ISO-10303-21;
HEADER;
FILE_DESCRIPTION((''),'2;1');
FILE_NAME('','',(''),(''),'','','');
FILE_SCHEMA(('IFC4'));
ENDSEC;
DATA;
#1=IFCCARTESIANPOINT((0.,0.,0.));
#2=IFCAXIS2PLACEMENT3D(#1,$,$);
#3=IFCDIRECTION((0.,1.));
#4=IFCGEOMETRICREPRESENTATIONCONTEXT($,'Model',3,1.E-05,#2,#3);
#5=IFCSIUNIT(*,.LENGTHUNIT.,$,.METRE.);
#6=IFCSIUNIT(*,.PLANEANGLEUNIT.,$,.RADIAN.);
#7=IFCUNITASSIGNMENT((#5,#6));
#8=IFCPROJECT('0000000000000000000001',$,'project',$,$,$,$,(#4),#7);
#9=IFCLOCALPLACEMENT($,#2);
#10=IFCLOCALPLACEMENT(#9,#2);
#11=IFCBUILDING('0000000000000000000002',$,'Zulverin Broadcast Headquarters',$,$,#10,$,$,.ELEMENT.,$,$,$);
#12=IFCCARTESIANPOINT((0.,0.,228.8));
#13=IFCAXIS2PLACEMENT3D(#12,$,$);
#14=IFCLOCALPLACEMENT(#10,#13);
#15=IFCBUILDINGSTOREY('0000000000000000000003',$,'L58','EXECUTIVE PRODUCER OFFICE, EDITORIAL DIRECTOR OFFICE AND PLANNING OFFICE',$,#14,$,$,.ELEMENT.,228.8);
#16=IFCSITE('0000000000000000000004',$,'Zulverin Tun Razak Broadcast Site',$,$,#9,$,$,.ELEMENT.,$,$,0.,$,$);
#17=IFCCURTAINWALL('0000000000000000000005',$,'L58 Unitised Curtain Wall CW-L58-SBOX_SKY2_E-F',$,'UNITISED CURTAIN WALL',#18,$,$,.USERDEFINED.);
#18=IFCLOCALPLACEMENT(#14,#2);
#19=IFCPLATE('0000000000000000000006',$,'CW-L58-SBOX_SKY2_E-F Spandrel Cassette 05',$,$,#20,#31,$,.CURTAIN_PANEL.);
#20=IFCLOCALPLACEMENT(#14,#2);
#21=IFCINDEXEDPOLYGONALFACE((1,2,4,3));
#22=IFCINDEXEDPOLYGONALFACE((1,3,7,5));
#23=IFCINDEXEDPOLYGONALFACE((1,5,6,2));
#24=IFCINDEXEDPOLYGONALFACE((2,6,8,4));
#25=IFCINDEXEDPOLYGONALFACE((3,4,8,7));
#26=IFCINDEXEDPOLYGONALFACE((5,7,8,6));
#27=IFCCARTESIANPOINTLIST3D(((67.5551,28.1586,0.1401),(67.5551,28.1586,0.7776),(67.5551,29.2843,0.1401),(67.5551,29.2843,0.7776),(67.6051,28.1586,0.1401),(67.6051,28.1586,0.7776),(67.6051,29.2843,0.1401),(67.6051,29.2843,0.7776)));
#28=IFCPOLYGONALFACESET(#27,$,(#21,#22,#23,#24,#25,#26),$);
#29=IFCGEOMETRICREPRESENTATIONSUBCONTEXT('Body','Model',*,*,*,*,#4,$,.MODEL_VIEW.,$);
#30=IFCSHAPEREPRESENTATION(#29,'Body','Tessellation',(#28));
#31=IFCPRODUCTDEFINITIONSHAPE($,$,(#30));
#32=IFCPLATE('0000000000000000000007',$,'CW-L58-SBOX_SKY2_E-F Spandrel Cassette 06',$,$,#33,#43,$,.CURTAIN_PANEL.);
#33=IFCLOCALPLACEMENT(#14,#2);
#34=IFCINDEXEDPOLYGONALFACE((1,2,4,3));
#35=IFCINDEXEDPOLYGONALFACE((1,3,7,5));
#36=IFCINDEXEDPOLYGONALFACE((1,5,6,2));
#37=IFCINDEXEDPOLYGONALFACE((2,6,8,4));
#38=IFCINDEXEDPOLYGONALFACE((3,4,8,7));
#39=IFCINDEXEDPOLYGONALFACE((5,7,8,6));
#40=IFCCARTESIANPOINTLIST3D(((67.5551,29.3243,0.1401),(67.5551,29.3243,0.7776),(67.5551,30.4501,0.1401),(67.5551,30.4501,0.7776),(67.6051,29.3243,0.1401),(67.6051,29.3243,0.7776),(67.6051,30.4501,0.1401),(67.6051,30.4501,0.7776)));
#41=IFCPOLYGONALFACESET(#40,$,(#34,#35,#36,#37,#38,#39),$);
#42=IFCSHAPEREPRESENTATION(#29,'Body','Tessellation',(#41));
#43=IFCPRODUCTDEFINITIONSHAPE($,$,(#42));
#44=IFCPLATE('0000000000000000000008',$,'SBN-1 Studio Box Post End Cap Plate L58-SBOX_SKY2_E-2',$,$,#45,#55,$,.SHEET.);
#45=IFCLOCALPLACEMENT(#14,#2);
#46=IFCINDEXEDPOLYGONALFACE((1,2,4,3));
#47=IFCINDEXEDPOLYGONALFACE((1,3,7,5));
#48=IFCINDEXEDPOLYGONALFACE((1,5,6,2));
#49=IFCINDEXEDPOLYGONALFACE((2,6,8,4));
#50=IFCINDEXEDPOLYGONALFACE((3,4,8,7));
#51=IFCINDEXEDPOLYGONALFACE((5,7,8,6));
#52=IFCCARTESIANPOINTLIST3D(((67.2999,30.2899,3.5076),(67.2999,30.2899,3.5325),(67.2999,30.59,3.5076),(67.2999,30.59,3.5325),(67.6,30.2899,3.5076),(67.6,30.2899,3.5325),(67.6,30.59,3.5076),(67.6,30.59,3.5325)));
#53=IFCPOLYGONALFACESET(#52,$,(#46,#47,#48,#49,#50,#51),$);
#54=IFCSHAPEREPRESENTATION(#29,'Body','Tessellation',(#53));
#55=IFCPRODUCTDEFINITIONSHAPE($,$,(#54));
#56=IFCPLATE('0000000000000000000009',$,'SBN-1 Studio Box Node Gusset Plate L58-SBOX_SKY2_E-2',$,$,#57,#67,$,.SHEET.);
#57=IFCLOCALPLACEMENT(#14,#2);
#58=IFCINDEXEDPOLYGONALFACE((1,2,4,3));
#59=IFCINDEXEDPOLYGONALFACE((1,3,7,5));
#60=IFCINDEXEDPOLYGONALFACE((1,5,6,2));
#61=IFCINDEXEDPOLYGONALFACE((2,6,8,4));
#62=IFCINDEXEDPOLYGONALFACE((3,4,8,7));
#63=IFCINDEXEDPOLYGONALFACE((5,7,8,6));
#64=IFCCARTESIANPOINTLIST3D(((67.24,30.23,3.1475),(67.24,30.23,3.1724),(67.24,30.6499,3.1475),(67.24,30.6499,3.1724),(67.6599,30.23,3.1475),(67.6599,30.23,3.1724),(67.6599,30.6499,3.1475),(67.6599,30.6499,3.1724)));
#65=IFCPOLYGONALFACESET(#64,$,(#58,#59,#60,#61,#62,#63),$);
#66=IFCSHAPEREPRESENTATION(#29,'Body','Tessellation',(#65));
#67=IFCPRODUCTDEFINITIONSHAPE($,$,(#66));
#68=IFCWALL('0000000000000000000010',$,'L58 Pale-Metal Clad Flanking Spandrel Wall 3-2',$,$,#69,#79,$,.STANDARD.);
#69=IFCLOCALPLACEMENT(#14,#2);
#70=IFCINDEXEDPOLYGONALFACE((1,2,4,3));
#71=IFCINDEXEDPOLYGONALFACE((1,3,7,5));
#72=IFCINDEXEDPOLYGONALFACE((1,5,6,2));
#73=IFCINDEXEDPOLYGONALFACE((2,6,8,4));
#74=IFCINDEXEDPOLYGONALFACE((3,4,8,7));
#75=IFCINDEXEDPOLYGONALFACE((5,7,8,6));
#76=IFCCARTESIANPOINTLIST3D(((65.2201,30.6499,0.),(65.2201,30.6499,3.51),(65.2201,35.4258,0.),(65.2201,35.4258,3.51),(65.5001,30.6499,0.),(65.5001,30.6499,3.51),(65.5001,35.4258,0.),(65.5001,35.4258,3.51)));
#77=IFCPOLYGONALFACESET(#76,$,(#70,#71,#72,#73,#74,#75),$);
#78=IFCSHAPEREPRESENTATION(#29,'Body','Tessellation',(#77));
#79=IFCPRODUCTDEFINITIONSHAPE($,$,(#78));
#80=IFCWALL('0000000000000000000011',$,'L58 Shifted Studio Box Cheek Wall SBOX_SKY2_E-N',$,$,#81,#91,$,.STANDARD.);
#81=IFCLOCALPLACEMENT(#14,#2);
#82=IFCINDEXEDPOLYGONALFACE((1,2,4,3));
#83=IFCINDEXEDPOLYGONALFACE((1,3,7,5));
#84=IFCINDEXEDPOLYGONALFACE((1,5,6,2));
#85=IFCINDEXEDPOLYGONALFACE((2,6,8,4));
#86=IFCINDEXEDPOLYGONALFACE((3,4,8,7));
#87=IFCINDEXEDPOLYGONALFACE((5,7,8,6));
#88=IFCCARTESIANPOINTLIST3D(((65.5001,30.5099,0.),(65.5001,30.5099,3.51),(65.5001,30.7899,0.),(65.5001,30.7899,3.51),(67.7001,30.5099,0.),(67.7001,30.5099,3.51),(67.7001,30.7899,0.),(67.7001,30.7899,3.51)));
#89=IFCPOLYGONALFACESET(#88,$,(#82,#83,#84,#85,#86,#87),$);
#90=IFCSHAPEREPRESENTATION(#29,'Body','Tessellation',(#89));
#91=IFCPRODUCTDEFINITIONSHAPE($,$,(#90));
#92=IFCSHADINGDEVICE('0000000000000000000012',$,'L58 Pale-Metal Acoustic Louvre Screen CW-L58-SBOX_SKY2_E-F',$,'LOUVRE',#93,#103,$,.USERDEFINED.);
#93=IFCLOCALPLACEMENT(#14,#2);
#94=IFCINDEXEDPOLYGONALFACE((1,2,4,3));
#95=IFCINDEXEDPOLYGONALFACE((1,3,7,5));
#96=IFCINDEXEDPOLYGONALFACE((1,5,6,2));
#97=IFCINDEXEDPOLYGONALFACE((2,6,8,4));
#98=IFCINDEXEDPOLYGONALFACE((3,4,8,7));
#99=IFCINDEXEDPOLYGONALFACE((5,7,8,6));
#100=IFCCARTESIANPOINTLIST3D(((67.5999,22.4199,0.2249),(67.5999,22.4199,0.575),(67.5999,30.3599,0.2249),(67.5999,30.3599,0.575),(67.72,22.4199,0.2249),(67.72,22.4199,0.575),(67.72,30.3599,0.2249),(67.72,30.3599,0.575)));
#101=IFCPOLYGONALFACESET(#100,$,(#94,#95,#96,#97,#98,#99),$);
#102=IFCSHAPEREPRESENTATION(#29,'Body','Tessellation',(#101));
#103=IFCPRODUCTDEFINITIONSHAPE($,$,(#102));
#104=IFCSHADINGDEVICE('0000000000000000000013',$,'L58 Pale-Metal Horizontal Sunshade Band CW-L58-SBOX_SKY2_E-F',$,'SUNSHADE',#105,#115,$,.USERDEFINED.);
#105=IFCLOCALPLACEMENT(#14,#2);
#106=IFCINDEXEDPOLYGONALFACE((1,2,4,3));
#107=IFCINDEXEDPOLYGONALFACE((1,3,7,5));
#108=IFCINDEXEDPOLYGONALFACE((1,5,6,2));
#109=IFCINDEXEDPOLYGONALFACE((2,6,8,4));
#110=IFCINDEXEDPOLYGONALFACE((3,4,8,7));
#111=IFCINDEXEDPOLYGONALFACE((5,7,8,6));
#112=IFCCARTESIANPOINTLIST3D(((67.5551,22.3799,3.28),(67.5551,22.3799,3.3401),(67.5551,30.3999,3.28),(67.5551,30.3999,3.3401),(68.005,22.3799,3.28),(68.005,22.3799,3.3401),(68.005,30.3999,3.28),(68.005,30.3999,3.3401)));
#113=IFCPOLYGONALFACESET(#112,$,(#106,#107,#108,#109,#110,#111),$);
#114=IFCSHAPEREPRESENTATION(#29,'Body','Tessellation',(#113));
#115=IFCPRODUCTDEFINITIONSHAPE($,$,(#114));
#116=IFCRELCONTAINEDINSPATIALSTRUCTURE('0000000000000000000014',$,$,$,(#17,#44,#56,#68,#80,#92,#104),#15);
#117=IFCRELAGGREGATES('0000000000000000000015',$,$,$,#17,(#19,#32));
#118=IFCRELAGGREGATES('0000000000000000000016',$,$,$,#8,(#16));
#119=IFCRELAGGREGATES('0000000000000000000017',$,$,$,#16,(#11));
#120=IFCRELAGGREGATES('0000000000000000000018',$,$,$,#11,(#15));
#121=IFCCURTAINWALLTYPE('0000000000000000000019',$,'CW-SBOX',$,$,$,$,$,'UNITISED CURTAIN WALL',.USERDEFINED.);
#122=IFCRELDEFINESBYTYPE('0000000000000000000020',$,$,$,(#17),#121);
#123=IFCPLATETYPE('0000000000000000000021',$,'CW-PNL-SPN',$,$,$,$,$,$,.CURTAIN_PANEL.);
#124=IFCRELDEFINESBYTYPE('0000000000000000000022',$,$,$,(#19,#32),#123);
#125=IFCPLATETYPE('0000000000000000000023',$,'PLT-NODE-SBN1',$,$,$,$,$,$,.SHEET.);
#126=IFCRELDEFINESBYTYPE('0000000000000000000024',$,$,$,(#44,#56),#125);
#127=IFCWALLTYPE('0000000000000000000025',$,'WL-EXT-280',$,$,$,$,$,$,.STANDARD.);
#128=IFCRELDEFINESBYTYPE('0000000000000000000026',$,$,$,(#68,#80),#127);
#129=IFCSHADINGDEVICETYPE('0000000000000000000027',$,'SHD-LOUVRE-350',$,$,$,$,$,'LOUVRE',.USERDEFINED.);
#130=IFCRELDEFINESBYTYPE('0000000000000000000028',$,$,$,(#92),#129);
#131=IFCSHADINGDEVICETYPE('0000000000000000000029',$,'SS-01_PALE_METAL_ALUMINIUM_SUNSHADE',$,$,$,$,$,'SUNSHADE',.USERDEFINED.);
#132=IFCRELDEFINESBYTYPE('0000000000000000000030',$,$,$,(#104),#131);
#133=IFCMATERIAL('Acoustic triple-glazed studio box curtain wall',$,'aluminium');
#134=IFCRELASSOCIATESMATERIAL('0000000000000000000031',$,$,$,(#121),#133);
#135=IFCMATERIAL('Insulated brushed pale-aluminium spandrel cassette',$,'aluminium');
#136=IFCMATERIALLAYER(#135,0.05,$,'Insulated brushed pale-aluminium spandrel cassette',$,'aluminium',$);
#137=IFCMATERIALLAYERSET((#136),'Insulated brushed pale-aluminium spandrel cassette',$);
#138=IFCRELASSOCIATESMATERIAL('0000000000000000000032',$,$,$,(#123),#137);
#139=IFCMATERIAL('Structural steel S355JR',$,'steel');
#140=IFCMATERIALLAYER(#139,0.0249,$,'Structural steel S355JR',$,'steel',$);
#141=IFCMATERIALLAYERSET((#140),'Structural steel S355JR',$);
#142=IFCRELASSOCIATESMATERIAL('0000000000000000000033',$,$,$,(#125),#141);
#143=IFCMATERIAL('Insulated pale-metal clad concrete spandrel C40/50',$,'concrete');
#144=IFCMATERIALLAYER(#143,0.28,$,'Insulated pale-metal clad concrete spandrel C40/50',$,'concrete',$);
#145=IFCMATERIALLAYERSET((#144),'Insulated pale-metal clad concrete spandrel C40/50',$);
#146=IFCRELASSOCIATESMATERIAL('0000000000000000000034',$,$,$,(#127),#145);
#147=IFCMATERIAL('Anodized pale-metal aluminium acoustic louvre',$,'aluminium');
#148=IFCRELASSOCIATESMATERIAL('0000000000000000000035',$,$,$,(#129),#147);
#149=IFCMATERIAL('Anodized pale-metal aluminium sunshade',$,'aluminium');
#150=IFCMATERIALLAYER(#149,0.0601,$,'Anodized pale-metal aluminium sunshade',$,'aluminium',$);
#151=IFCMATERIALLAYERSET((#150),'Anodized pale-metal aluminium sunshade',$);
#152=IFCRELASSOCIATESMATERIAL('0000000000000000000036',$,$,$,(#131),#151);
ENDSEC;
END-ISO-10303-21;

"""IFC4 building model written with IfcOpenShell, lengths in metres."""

from ifc_helpers import new_model, si_unit, direction, frame, frame_2d, origin, origin_2d, place, context, subcontext, project, spatial, rectangle, extrude, material, layer, layer_set, type_object, element, aggregate, save


model = new_model("IFC4")

# Units and contexts
model_context = context("Model", 3, precision=1e-05, world=origin(), true_north=direction((0.0, 1.0)))
body_context = subcontext(model_context, "Body", "Model", "MODEL_VIEW")
ifc_project = project(units=[si_unit("LENGTHUNIT", "METRE"), si_unit("PLANEANGLEUNIT", "RADIAN")], contexts=[model_context])

# Site, building, storey
site_placement = place(None, origin())
site = spatial("IfcSite", under=ifc_project, at=site_placement, Name="Zulverin Tun Razak Broadcast Site", CompositionType="ELEMENT", RefElevation=0.0)
building_placement = place(site_placement, origin())
building = spatial("IfcBuilding", under=site, at=building_placement, Name="Zulverin Broadcast Headquarters", CompositionType="ELEMENT")
storey_placement = place(building_placement, frame((0.0, 0.0, 228.8)))
storey = spatial("IfcBuildingStorey", under=building, at=storey_placement, Name="L58", Description="EXECUTIVE PRODUCER OFFICE, EDITORIAL DIRECTOR OFFICE AND PLANNING OFFICE", CompositionType="ELEMENT", Elevation=228.8)

# Curtain wall
ifc_material_1 = material(Name="Acoustic triple-glazed studio box curtain wall", Category="aluminium")
curtain_wall_type = type_object("IfcCurtainWallType", Name="CW-SBOX", ElementType="UNITISED CURTAIN WALL", PredefinedType="USERDEFINED", material=ifc_material_1)
curtain_wall_placement = place(storey_placement, origin())
curtain_wall = element("IfcCurtainWall", 1, at=curtain_wall_placement, inside=storey, type_object=curtain_wall_type, Name="L58 Unitised Curtain Wall CW-L58-SBOX_SKY2_E-F", ObjectType="UNITISED CURTAIN WALL", PredefinedType="USERDEFINED")

# Shared definitions
ifc_material_2 = material(Name="Structural steel S355JR", Category="steel")

# Plates
ifc_material_3 = material(Name="Insulated brushed pale-aluminium spandrel cassette", Category="aluminium")
ifc_layer_1 = layer(ifc_material_3, 0.05, Name="Insulated brushed pale-aluminium spandrel cassette", Category="aluminium")
ifc_layer_set_1 = layer_set([ifc_layer_1], Name="Insulated brushed pale-aluminium spandrel cassette")
plate_type_1 = type_object("IfcPlateType", Name="CW-PNL-SPN", PredefinedType="CURTAIN_PANEL", material=ifc_layer_set_1)
plate_1_placement = place(storey_placement, frame((67.5801, 28.7214, 0.1401), z_axis=(0.0, 0.0, 1.0), x_axis=(0.0, 1.0, 0.0)))
plate_1 = element("IfcPlate", 2, at=plate_1_placement, type_object=plate_type_1, Name="CW-L58-SBOX_SKY2_E-F Spandrel Cassette 05", PredefinedType="CURTAIN_PANEL", context=body_context, shape_type="SweptSolid", body=[
    extrude(rectangle(XDim=1.1257, YDim=0.05, at=origin_2d()), origin(), (0.0, 0.0, 1.0), 0.6375),
])
plate_2_placement = place(storey_placement, frame((67.5801, 29.8872, 0.1401), z_axis=(0.0, 0.0, 1.0), x_axis=(0.0, 1.0, 0.0)))
plate_2 = element("IfcPlate", 3, at=plate_2_placement, type_object=plate_type_1, Name="CW-L58-SBOX_SKY2_E-F Spandrel Cassette 06", PredefinedType="CURTAIN_PANEL", context=body_context, shape_type="SweptSolid", body=[
    extrude(rectangle(XDim=1.1257, YDim=0.05, at=origin_2d()), origin(), (0.0, 0.0, 1.0), 0.6375),
])
aggregate(curtain_wall, [plate_1, plate_2])

# Plates
ifc_layer_2 = layer(ifc_material_2, 0.0249, Name="Structural steel S355JR", Category="steel")
ifc_layer_set_2 = layer_set([ifc_layer_2], Name="Structural steel S355JR")
plate_type_2 = type_object("IfcPlateType", Name="PLT-NODE-SBN1", PredefinedType="SHEET", material=ifc_layer_set_2)
plate_3_placement = place(storey_placement, frame((67.45, 30.4399, 3.5076), z_axis=(0.0, 0.0, 1.0), x_axis=(1.0, 0.0, 0.0)))
element("IfcPlate", 4, at=plate_3_placement, inside=storey, type_object=plate_type_2, Name="SBN-1 Studio Box Post End Cap Plate L58-SBOX_SKY2_E-2", PredefinedType="SHEET", context=body_context, shape_type="SweptSolid", body=[
    extrude(rectangle(XDim=0.3, YDim=0.3, at=origin_2d()), origin(), (0.0, 0.0, 1.0), 0.0249),
])
plate_4_placement = place(storey_placement, frame((67.45, 30.4399, 3.1475), z_axis=(0.0, 0.0, 1.0), x_axis=(1.0, 0.0, 0.0)))
element("IfcPlate", 5, at=plate_4_placement, inside=storey, type_object=plate_type_2, Name="SBN-1 Studio Box Node Gusset Plate L58-SBOX_SKY2_E-2", PredefinedType="SHEET", context=body_context, shape_type="SweptSolid", body=[
    extrude(rectangle(XDim=0.4199, YDim=0.4199, at=origin_2d()), origin(), (0.0, 0.0, 1.0), 0.0249),
])

# Walls
ifc_material_4 = material(Name="Insulated pale-metal clad concrete spandrel C40/50", Category="concrete")
ifc_layer_3 = layer(ifc_material_4, 0.28, Name="Insulated pale-metal clad concrete spandrel C40/50", Category="concrete")
ifc_layer_set_3 = layer_set([ifc_layer_3], Name="Insulated pale-metal clad concrete spandrel C40/50")
wall_type = type_object("IfcWallType", Name="WL-EXT-280", PredefinedType="STANDARD", material=ifc_layer_set_3)
wall_1_placement = place(storey_placement, frame((65.3601, 30.6499, 0.0), z_axis=(0.0, 0.0, 1.0), x_axis=(0.0, 1.0, 0.0)))
element("IfcWall", 6, at=wall_1_placement, inside=storey, type_object=wall_type, Name="L58 Pale-Metal Clad Flanking Spandrel Wall 3-2", PredefinedType="STANDARD", context=body_context, shape_type="SweptSolid", body=[
    extrude(rectangle(XDim=4.7759, YDim=0.28, at=frame_2d((2.3879, 0.0))), origin(), (0.0, 0.0, 1.0), 3.51),
])
wall_2_placement = place(storey_placement, frame((65.5, 30.6499, 0.0), z_axis=(0.0, 0.0, 1.0), x_axis=(1.0, 0.0, 0.0)))
element("IfcWall", 7, at=wall_2_placement, inside=storey, type_object=wall_type, Name="L58 Shifted Studio Box Cheek Wall SBOX_SKY2_E-N", PredefinedType="STANDARD", context=body_context, shape_type="SweptSolid", body=[
    extrude(rectangle(XDim=2.2, YDim=0.28, at=frame_2d((1.1001, 0.0))), origin(), (0.0, 0.0, 1.0), 3.51),
])

# Shading devices
ifc_material_5 = material(Name="Anodized pale-metal aluminium acoustic louvre", Category="aluminium")
shading_device_type_1 = type_object("IfcShadingDeviceType", Name="SHD-LOUVRE-350", ElementType="LOUVRE", PredefinedType="USERDEFINED", material=ifc_material_5)
shading_device_1_placement = place(storey_placement, frame((67.6599, 26.3899, 0.2249), z_axis=(0.0, 0.0, 1.0), x_axis=(0.0, 1.0, 0.0)))
element("IfcShadingDevice", 8, at=shading_device_1_placement, inside=storey, type_object=shading_device_type_1, Name="L58 Pale-Metal Acoustic Louvre Screen CW-L58-SBOX_SKY2_E-F", ObjectType="LOUVRE", PredefinedType="USERDEFINED", context=body_context, shape_type="SweptSolid", body=[
    extrude(rectangle(XDim=7.9399, YDim=0.1201, at=origin_2d()), origin(), (0.0, 0.0, 1.0), 0.3501),
])
ifc_material_6 = material(Name="Anodized pale-metal aluminium sunshade", Category="aluminium")
ifc_layer_4 = layer(ifc_material_6, 0.0601, Name="Anodized pale-metal aluminium sunshade", Category="aluminium")
ifc_layer_set_4 = layer_set([ifc_layer_4], Name="Anodized pale-metal aluminium sunshade")
shading_device_type_2 = type_object("IfcShadingDeviceType", Name="SS-01_PALE_METAL_ALUMINIUM_SUNSHADE", ElementType="SUNSHADE", PredefinedType="USERDEFINED", material=ifc_layer_set_4)
shading_device_2_placement = place(storey_placement, frame((67.78, 26.3899, 3.28), z_axis=(0.0, 0.0, 1.0), x_axis=(0.0, 1.0, 0.0)))
element("IfcShadingDevice", 9, at=shading_device_2_placement, inside=storey, type_object=shading_device_type_2, Name="L58 Pale-Metal Horizontal Sunshade Band CW-L58-SBOX_SKY2_E-F", ObjectType="SUNSHADE", PredefinedType="USERDEFINED", context=body_context, shape_type="SweptSolid", body=[
    extrude(rectangle(XDim=8.02, YDim=0.45, at=origin_2d()), origin(), (0.0, 0.0, 1.0), 0.0601),
])

save(model, "model.ifc")
